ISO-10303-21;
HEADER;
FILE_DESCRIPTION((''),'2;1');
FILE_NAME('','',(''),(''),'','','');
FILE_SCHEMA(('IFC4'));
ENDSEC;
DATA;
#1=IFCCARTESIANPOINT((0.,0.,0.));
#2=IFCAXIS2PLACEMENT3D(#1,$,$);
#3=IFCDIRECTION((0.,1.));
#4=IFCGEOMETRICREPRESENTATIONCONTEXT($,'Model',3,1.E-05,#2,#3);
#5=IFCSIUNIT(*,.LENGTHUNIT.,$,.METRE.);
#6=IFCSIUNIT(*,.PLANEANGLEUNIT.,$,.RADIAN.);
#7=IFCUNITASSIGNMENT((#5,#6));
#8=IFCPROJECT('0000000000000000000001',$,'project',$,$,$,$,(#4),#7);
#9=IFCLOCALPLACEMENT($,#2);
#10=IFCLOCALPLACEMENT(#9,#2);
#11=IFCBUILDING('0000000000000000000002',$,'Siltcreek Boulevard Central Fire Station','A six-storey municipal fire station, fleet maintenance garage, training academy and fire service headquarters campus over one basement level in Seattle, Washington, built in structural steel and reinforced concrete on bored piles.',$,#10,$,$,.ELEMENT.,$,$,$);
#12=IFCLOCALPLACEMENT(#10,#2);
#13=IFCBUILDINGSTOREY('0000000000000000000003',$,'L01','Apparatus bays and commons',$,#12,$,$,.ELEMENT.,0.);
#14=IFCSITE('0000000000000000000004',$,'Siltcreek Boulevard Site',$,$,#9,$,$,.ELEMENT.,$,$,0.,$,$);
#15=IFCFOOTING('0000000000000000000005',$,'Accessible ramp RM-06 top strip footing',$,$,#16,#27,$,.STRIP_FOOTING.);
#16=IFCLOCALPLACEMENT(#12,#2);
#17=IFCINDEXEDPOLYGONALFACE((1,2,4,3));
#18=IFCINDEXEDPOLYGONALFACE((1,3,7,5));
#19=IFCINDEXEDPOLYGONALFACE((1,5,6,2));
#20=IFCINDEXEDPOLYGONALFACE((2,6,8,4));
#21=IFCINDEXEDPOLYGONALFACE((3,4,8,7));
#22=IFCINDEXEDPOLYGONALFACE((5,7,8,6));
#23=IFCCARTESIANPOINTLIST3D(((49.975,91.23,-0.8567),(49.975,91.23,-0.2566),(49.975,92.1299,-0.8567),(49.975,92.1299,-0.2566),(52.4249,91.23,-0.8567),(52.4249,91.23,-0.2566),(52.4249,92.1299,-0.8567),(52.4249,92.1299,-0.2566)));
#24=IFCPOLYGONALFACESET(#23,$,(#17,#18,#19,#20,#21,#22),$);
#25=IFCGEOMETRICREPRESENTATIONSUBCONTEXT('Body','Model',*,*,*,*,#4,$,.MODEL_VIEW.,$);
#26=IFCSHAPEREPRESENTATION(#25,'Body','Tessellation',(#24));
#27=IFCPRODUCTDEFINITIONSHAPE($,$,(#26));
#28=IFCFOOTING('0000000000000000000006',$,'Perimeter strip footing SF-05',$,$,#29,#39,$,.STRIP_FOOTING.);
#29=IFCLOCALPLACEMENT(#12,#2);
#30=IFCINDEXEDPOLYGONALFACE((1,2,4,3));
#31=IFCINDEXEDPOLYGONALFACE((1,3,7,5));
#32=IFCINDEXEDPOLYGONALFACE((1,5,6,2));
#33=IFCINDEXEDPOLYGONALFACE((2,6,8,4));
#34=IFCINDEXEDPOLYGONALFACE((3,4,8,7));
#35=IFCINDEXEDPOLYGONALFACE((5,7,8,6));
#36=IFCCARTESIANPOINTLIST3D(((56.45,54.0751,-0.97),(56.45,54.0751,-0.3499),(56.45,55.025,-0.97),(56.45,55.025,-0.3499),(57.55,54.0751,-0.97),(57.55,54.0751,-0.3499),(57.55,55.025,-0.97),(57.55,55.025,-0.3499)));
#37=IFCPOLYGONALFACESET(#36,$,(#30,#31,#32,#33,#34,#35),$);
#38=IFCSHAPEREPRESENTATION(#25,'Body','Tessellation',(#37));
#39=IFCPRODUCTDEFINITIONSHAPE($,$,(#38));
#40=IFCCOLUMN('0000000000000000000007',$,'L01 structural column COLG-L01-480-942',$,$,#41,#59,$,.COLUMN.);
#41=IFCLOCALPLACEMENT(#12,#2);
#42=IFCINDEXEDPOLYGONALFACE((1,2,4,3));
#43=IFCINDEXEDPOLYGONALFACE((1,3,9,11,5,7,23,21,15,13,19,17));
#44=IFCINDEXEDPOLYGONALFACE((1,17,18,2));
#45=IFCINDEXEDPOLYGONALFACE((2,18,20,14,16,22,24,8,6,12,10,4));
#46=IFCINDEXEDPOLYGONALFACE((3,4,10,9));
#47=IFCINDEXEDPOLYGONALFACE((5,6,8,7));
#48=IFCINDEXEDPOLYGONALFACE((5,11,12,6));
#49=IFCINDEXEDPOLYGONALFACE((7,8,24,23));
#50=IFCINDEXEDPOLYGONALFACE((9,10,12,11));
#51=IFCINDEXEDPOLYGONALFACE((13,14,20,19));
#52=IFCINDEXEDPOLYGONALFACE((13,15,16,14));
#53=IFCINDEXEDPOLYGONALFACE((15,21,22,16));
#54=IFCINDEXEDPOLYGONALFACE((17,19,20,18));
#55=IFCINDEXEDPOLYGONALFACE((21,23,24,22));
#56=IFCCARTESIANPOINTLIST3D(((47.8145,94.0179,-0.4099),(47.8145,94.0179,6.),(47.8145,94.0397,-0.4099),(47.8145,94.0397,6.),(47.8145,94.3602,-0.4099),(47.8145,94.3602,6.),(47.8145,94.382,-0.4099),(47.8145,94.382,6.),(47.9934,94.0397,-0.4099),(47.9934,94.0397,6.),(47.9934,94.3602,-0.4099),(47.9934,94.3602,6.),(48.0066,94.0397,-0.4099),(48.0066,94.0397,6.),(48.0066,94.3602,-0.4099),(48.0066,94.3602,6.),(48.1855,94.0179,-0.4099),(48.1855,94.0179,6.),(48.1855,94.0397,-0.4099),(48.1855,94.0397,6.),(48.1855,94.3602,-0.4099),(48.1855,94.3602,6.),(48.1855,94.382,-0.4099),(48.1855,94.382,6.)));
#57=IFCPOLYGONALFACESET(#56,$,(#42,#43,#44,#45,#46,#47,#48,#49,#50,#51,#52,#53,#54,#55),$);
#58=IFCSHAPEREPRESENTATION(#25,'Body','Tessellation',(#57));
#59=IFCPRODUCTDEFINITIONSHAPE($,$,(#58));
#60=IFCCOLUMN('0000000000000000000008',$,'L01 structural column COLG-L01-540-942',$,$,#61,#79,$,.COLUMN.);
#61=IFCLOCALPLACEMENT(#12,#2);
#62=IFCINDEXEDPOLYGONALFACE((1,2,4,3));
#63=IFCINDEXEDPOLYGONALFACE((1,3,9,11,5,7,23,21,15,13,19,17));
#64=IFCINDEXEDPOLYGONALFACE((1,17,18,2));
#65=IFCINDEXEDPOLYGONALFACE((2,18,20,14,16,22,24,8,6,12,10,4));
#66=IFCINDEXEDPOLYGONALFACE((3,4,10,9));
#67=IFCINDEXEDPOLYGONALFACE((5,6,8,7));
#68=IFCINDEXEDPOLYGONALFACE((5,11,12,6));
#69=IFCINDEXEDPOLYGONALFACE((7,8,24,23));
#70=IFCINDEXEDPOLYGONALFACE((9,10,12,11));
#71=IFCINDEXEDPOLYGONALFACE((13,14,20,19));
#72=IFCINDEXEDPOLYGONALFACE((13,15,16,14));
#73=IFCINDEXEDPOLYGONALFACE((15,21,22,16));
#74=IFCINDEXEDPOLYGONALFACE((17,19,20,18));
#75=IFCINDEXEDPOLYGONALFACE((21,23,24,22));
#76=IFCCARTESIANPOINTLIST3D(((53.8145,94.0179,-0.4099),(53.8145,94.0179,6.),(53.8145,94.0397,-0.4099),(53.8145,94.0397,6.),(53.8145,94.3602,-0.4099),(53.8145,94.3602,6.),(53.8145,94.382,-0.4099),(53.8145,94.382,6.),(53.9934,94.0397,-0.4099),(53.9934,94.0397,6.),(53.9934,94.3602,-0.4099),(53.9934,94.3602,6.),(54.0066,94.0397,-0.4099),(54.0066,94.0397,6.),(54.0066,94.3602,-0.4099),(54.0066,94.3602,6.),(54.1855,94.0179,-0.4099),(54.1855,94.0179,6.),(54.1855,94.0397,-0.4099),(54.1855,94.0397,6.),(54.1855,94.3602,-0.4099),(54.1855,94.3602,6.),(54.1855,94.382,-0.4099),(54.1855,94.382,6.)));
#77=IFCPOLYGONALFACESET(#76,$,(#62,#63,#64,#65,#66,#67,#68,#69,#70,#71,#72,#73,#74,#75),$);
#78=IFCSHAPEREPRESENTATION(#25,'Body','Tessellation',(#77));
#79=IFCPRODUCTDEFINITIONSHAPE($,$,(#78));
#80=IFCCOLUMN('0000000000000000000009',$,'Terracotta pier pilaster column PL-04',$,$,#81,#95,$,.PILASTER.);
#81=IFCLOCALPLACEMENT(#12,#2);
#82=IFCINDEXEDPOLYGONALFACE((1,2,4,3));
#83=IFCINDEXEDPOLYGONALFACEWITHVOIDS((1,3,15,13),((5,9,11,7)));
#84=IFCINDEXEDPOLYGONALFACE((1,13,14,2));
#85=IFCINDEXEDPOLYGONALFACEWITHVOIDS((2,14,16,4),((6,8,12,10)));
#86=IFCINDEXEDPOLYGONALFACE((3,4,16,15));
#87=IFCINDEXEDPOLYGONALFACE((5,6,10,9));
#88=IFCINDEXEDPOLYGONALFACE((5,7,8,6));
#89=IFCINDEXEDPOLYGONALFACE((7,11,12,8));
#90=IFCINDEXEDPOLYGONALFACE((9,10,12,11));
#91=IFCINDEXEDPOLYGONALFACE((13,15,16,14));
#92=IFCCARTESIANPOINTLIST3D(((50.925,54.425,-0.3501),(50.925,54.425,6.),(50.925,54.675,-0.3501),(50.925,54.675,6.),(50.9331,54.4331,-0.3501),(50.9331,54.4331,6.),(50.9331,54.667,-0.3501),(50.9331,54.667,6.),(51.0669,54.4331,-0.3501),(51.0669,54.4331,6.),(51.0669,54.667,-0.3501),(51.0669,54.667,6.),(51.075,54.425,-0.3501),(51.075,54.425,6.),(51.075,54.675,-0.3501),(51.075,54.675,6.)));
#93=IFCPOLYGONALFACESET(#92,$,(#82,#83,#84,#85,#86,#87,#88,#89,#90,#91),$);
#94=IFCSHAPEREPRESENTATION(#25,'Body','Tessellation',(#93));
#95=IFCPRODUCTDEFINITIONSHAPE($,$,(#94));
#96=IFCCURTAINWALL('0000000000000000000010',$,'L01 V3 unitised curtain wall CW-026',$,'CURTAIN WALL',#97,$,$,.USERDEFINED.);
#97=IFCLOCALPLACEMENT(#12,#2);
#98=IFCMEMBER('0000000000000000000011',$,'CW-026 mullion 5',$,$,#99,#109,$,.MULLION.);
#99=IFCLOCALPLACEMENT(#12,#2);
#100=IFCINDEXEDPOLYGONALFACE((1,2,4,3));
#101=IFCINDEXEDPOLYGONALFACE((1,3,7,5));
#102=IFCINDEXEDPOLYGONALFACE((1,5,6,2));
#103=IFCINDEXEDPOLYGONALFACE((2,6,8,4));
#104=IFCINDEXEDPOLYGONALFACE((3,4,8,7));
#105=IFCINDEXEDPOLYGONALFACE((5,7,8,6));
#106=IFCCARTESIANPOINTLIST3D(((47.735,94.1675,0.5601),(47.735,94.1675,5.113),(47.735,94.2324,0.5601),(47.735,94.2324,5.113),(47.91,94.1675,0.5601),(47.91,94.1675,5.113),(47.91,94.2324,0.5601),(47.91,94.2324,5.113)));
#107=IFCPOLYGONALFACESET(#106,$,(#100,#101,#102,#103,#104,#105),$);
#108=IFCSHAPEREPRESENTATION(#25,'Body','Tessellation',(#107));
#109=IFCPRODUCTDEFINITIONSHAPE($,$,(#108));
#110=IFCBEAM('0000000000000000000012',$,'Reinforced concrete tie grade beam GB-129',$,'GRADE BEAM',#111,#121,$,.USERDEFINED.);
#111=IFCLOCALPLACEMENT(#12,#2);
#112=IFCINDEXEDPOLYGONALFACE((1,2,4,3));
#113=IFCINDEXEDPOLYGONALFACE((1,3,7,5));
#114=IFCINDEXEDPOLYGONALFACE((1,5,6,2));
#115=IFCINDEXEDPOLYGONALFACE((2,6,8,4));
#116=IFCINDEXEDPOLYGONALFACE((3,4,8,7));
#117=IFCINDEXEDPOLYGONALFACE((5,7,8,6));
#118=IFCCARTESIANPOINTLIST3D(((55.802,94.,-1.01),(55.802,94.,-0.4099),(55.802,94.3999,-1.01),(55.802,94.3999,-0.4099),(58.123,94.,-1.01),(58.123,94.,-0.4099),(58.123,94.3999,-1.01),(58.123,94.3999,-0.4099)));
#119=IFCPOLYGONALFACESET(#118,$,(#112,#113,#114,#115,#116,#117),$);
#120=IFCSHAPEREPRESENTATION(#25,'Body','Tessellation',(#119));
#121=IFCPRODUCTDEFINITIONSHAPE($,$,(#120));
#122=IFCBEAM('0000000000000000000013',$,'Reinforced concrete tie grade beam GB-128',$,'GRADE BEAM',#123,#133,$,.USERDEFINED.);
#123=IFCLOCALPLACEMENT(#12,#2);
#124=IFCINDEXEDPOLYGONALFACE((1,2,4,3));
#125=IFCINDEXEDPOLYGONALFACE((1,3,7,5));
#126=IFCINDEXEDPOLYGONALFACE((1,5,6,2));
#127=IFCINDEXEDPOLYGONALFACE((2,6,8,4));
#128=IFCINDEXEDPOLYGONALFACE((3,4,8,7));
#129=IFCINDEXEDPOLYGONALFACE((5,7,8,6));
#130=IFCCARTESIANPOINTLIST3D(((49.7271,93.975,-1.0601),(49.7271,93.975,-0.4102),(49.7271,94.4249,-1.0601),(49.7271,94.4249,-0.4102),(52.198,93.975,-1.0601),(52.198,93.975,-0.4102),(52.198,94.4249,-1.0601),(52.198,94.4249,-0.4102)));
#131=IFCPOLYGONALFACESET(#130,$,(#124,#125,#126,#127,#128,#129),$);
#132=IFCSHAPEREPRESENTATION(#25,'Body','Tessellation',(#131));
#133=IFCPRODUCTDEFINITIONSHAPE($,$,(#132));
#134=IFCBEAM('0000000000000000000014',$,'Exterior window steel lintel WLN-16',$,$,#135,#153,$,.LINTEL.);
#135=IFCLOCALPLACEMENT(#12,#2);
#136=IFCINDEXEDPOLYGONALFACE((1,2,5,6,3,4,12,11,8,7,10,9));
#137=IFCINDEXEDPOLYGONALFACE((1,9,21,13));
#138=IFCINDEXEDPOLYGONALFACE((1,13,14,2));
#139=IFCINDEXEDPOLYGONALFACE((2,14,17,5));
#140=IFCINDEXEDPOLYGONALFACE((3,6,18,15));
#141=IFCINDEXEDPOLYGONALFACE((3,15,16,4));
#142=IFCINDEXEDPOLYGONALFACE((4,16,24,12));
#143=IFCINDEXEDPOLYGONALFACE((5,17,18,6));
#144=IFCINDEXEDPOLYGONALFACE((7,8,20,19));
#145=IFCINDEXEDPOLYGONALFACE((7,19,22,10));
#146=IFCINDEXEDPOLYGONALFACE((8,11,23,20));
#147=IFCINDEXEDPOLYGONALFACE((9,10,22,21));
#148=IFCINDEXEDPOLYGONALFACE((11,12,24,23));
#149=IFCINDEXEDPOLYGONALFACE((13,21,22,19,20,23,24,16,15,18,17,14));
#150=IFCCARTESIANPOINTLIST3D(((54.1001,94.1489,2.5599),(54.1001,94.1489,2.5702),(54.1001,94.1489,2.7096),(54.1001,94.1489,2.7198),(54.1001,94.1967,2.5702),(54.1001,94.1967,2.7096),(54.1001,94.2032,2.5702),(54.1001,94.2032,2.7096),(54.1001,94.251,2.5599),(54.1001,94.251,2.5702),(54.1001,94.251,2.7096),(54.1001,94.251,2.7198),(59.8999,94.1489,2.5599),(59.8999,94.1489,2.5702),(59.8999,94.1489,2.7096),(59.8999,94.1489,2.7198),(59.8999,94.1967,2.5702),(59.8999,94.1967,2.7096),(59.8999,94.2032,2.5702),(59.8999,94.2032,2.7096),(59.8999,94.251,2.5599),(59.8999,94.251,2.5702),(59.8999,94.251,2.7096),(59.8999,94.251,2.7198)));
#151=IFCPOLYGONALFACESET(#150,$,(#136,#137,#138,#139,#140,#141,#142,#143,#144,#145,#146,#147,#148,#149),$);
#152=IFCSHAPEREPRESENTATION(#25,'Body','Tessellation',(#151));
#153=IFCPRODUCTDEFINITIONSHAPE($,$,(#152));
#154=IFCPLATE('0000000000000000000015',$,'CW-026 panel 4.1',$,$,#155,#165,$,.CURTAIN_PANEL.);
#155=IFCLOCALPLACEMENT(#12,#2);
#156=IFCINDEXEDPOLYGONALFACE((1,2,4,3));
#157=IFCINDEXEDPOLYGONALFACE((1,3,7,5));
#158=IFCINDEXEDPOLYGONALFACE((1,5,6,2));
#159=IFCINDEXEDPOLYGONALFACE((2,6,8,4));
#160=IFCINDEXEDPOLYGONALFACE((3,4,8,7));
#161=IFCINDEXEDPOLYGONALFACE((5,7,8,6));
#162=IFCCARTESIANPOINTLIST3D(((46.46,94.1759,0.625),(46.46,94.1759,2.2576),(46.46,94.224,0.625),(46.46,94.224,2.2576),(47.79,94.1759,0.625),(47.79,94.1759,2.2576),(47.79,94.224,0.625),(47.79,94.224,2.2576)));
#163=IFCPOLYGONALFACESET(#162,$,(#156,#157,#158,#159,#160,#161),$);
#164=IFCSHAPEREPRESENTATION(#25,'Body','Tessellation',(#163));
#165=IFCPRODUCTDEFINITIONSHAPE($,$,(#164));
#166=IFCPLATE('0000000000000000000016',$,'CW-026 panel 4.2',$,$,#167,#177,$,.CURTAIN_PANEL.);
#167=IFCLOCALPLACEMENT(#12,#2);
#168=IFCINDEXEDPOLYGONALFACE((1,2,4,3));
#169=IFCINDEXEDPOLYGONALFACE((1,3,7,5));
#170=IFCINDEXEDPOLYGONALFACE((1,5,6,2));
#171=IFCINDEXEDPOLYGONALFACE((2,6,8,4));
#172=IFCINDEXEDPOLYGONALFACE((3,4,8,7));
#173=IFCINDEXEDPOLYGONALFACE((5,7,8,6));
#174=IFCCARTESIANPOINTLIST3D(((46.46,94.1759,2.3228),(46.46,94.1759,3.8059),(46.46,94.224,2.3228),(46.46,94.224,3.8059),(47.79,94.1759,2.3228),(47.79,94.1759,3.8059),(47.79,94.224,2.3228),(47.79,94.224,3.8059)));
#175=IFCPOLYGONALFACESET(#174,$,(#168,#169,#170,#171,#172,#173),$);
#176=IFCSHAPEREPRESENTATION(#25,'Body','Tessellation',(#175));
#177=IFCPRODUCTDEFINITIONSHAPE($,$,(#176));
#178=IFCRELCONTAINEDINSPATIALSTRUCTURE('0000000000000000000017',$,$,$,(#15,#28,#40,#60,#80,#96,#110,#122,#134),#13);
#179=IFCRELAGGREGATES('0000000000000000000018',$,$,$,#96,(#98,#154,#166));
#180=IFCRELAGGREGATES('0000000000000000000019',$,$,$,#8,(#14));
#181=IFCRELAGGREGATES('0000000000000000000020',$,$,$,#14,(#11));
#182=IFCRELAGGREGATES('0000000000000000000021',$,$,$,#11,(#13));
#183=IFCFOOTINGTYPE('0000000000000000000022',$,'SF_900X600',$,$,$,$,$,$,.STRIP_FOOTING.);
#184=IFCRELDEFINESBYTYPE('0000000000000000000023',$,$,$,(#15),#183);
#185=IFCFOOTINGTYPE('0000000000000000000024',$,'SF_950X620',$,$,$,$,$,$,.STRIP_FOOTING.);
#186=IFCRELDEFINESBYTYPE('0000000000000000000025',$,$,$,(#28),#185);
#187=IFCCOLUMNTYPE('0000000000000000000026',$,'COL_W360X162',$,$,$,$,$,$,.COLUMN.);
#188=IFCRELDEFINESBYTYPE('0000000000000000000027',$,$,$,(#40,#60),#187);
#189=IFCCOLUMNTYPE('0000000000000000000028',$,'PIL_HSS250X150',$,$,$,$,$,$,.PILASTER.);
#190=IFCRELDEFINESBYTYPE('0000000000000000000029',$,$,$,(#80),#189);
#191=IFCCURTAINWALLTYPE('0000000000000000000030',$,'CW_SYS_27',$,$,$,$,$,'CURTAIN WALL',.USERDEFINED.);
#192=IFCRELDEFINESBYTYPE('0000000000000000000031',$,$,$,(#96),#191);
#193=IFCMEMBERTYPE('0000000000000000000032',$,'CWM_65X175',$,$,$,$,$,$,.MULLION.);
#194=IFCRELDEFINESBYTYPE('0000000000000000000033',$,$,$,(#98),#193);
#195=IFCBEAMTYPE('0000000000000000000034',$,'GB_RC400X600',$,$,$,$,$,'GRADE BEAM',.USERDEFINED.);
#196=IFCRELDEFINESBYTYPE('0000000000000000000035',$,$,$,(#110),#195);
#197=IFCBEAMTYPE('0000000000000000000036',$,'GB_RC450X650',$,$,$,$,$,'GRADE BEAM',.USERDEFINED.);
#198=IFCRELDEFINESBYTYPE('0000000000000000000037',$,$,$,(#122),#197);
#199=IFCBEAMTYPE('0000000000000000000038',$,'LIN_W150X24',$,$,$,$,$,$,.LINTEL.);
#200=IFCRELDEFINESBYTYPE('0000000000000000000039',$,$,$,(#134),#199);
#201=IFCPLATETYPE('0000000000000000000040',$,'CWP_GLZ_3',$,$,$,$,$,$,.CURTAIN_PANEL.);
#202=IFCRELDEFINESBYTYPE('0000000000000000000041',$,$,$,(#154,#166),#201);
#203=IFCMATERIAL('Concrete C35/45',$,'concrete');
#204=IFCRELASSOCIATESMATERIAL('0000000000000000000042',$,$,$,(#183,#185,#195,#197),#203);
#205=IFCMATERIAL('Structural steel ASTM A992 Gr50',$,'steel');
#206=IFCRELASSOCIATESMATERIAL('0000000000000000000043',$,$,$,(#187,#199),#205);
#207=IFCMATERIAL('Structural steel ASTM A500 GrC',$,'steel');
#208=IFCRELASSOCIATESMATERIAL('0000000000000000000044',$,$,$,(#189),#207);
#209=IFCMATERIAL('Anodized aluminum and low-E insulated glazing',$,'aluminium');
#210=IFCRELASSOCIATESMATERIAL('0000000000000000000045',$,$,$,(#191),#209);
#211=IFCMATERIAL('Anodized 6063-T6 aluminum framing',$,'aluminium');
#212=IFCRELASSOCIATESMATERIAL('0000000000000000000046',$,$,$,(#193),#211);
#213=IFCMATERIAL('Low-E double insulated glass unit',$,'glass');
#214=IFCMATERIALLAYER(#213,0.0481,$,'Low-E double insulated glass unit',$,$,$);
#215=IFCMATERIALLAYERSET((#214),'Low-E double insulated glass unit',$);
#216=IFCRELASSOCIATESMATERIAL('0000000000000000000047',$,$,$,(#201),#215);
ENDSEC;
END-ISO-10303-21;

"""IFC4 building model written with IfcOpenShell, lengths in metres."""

from ifc_helpers import new_model, si_unit, direction, frame, origin, origin_2d, place, context, subcontext, project, spatial, rectangle, hollow_rectangle, i_section, extrude, material, layer, layer_set, material_profile, profile_set, type_object, element, aggregate, save


model = new_model("IFC4")

# Units and contexts
model_context = context("Model", 3, precision=1e-05, world=origin(), true_north=direction((0.0, 1.0)))
body_context = subcontext(model_context, "Body", "Model", "MODEL_VIEW")
ifc_project = project(units=[si_unit("LENGTHUNIT", "METRE"), si_unit("PLANEANGLEUNIT", "RADIAN")], contexts=[model_context])

# Site, building, storey
site_placement = place(None, origin())
site = spatial("IfcSite", under=ifc_project, at=site_placement, Name="Siltcreek Boulevard Site", CompositionType="ELEMENT", RefElevation=0.0)
building_placement = place(site_placement, origin())
building = spatial("IfcBuilding", under=site, at=building_placement, Name="Siltcreek Boulevard Central Fire Station", Description="A six-storey municipal fire station, fleet maintenance garage, training academy and fire service headquarters campus over one basement level in Seattle, Washington, built in structural steel and reinforced concrete on bored piles.", CompositionType="ELEMENT")
storey_placement = place(building_placement, origin())
storey = spatial("IfcBuildingStorey", under=building, at=storey_placement, Name="L01", Description="Apparatus bays and commons", CompositionType="ELEMENT", Elevation=0.0)

# Shared definitions
ifc_material_1 = material(Name="Concrete C35/45", Category="concrete")

# Footings
footing_type_1 = type_object("IfcFootingType", Name="SF_900X600", PredefinedType="STRIP_FOOTING", material=ifc_material_1)
for number, where, z_axis, x_axis, name in (
    (1, (51.2, 91.6799, -0.8567), (0.0, 0.0, 1.0), (0.0, 1.0, 0.0), "Accessible ramp RM-06 top strip footing"),
):
    element("IfcFooting", number, at=place(storey_placement, frame(where, z_axis=z_axis, x_axis=x_axis)), inside=storey, type_object=footing_type_1, Name=name, PredefinedType="STRIP_FOOTING", context=body_context, shape_type="SweptSolid", body=[
        extrude(rectangle(XDim=0.8999, YDim=2.45, at=origin_2d()), origin(), (0.0, 0.0, 1.0), 0.6001),
    ])
footing_type_2 = type_object("IfcFootingType", Name="SF_950X620", PredefinedType="STRIP_FOOTING", material=ifc_material_1)
footing_1_placement = place(storey_placement, frame((57.0, 54.55, -0.97), z_axis=(0.0, 0.0, 1.0), x_axis=(1.0, 0.0, 0.0)))
element("IfcFooting", 2, at=footing_1_placement, inside=storey, type_object=footing_type_2, Name="Perimeter strip footing SF-05", PredefinedType="STRIP_FOOTING", context=body_context, shape_type="SweptSolid", body=[
    extrude(rectangle(XDim=1.1001, YDim=0.95, at=origin_2d()), origin(), (0.0, 0.0, 1.0), 0.6201),
])

# Columns
ifc_material_2 = material(Name="Structural steel ASTM A992 Gr50", Category="steel")
ifc_material_profile_1 = material_profile(ifc_material_2, i_section(OverallWidth=0.3711, OverallDepth=0.364, WebThickness=0.0132, FlangeThickness=0.0217, at=origin_2d()), Name="W360X162")
ifc_profile_set_1 = profile_set([ifc_material_profile_1], Name="Structural steel ASTM A992 Gr50")
column_type_1 = type_object("IfcColumnType", Name="COL_W360X162", PredefinedType="COLUMN", material=ifc_profile_set_1)
for number, where, z_axis, x_axis, name in (
    (3, (48.0, 94.2, -0.4099), (0.0, 0.0, 1.0), (1.0, 0.0, 0.0), "L01 structural column COLG-L01-480-942"),
    (4, (54.0, 94.2, -0.4099), (0.0, 0.0, 1.0), (1.0, 0.0, 0.0), "L01 structural column COLG-L01-540-942"),
):
    element("IfcColumn", number, at=place(storey_placement, frame(where, z_axis=z_axis, x_axis=x_axis)), inside=storey, type_object=column_type_1, Name=name, PredefinedType="COLUMN", context=body_context, shape_type="SweptSolid", body=[
        extrude(i_section(OverallWidth=0.3711, OverallDepth=0.364, WebThickness=0.0132, FlangeThickness=0.0217, at=origin_2d()), origin(), (0.0, 0.0, 1.0), 6.4099),
    ])
ifc_material_3 = material(Name="Structural steel ASTM A500 GrC", Category="steel")
ifc_material_profile_2 = material_profile(ifc_material_3, hollow_rectangle(XDim=0.1499, YDim=0.25, WallThickness=0.0081, at=origin_2d()), Name="HSS250X150X8.0")
ifc_profile_set_2 = profile_set([ifc_material_profile_2], Name="Structural steel ASTM A500 GrC")
column_type_2 = type_object("IfcColumnType", Name="PIL_HSS250X150", PredefinedType="PILASTER", material=ifc_profile_set_2)
column_placement = place(storey_placement, frame((51.0, 54.55, -0.3501), z_axis=(0.0, 0.0, 1.0), x_axis=(1.0, 0.0, 0.0)))
element("IfcColumn", 5, at=column_placement, inside=storey, type_object=column_type_2, Name="Terracotta pier pilaster column PL-04", PredefinedType="PILASTER", context=body_context, shape_type="SweptSolid", body=[
    extrude(hollow_rectangle(XDim=0.1499, YDim=0.25, WallThickness=0.0081, at=origin_2d()), origin(), (0.0, 0.0, 1.0), 6.3501),
])

# Curtain wall, member
ifc_material_4 = material(Name="Anodized aluminum and low-E insulated glazing", Category="aluminium")
curtain_wall_type = type_object("IfcCurtainWallType", Name="CW_SYS_27", ElementType="CURTAIN WALL", PredefinedType="USERDEFINED", material=ifc_material_4)
curtain_wall_placement = place(storey_placement, origin())
curtain_wall = element("IfcCurtainWall", 6, at=curtain_wall_placement, inside=storey, type_object=curtain_wall_type, Name="L01 V3 unitised curtain wall CW-026", ObjectType="CURTAIN WALL", PredefinedType="USERDEFINED")
ifc_material_5 = material(Name="Anodized 6063-T6 aluminum framing", Category="aluminium")
ifc_material_profile_3 = material_profile(ifc_material_5, rectangle(XDim=0.0649, YDim=0.175, at=origin_2d()), Name="MULL65X175")
ifc_profile_set_3 = profile_set([ifc_material_profile_3], Name="Anodized 6063-T6 aluminum framing")
member_type = type_object("IfcMemberType", Name="CWM_65X175", PredefinedType="MULLION", material=ifc_profile_set_3)
member_placement = place(storey_placement, frame((47.8225, 94.2, 0.5601), z_axis=(0.0, 0.0, 1.0), x_axis=(0.0, 1.0, 0.0)))
member = element("IfcMember", 7, at=member_placement, type_object=member_type, Name="CW-026 mullion 5", PredefinedType="MULLION", context=body_context, shape_type="SweptSolid", body=[
    extrude(rectangle(XDim=0.0649, YDim=0.175, at=origin_2d()), origin(), (0.0, 0.0, 1.0), 4.553),
])

# Beams
ifc_material_profile_4 = material_profile(ifc_material_1, rectangle(XDim=0.3999, YDim=0.6001, at=origin_2d()), Name="RC400X600")
ifc_profile_set_4 = profile_set([ifc_material_profile_4], Name="Concrete C35/45")
beam_type_1 = type_object("IfcBeamType", Name="GB_RC400X600", ElementType="GRADE BEAM", PredefinedType="USERDEFINED", material=ifc_profile_set_4)
beam_1_placement = place(storey_placement, frame((55.802, 94.2, -0.71), z_axis=(1.0, 0.0, 0.0), x_axis=(0.0, 1.0, 0.0)))
element("IfcBeam", 8, at=beam_1_placement, inside=storey, type_object=beam_type_1, Name="Reinforced concrete tie grade beam GB-129", ObjectType="GRADE BEAM", PredefinedType="USERDEFINED", context=body_context, shape_type="SweptSolid", body=[
    extrude(rectangle(XDim=0.3999, YDim=0.6001, at=origin_2d()), origin(), (0.0, 0.0, 1.0), 2.321),
])
ifc_material_profile_5 = material_profile(ifc_material_1, rectangle(XDim=0.45, YDim=0.6499, at=origin_2d()), Name="RC450X650")
ifc_profile_set_5 = profile_set([ifc_material_profile_5], Name="Concrete C35/45")
beam_type_2 = type_object("IfcBeamType", Name="GB_RC450X650", ElementType="GRADE BEAM", PredefinedType="USERDEFINED", material=ifc_profile_set_5)
beam_2_placement = place(storey_placement, frame((49.7271, 94.2, -0.7351), z_axis=(1.0, 0.0, 0.0), x_axis=(0.0, 1.0, 0.0)))
element("IfcBeam", 9, at=beam_2_placement, inside=storey, type_object=beam_type_2, Name="Reinforced concrete tie grade beam GB-128", ObjectType="GRADE BEAM", PredefinedType="USERDEFINED", context=body_context, shape_type="SweptSolid", body=[
    extrude(rectangle(XDim=0.45, YDim=0.6499, at=origin_2d()), origin(), (0.0, 0.0, 1.0), 2.4709),
])
ifc_material_profile_6 = material_profile(ifc_material_2, i_section(OverallWidth=0.1021, OverallDepth=0.1599, WebThickness=0.0066, FlangeThickness=0.0103, at=origin_2d()), Name="W150X24")
ifc_profile_set_6 = profile_set([ifc_material_profile_6], Name="Structural steel ASTM A992 Gr50")
beam_type_3 = type_object("IfcBeamType", Name="LIN_W150X24", PredefinedType="LINTEL", material=ifc_profile_set_6)
beam_3_placement = place(storey_placement, frame((54.1001, 94.2, 2.6399), z_axis=(1.0, 0.0, 0.0), x_axis=(0.0, 1.0, 0.0)))
element("IfcBeam", 10, at=beam_3_placement, inside=storey, type_object=beam_type_3, Name="Exterior window steel lintel WLN-16", PredefinedType="LINTEL", context=body_context, shape_type="SweptSolid", body=[
    extrude(i_section(OverallWidth=0.1021, OverallDepth=0.1599, WebThickness=0.0066, FlangeThickness=0.0103, at=origin_2d()), origin(), (0.0, 0.0, 1.0), 5.7998),
])

# Plates
ifc_material_6 = material(Name="Low-E double insulated glass unit", Category="glass")
ifc_layer_1 = layer(ifc_material_6, 0.0481, Name="Low-E double insulated glass unit")
ifc_layer_set_1 = layer_set([ifc_layer_1], Name="Low-E double insulated glass unit")
plate_type_1 = type_object("IfcPlateType", Name="CWP_GLZ_3", PredefinedType="CURTAIN_PANEL", material=ifc_layer_set_1)
plate_1_placement = place(storey_placement, frame((47.125, 94.2, 0.625), z_axis=(0.0, 0.0, 1.0), x_axis=(1.0, 0.0, 0.0)))
plate_1 = element("IfcPlate", 11, at=plate_1_placement, type_object=plate_type_1, Name="CW-026 panel 4.1", PredefinedType="CURTAIN_PANEL", context=body_context, shape_type="SweptSolid", body=[
    extrude(rectangle(XDim=1.3301, YDim=0.0481, at=origin_2d()), origin(), (0.0, 0.0, 1.0), 1.6326),
])
plate_2_placement = place(storey_placement, frame((47.125, 94.2, 2.3228), z_axis=(0.0, 0.0, 1.0), x_axis=(1.0, 0.0, 0.0)))
plate_2 = element("IfcPlate", 12, at=plate_2_placement, type_object=plate_type_1, Name="CW-026 panel 4.2", PredefinedType="CURTAIN_PANEL", context=body_context, shape_type="SweptSolid", body=[
    extrude(rectangle(XDim=1.3301, YDim=0.0481, at=origin_2d()), origin(), (0.0, 0.0, 1.0), 1.4832),
])
aggregate(curtain_wall, [member, plate_1, plate_2])

save(model, "model.ifc")
